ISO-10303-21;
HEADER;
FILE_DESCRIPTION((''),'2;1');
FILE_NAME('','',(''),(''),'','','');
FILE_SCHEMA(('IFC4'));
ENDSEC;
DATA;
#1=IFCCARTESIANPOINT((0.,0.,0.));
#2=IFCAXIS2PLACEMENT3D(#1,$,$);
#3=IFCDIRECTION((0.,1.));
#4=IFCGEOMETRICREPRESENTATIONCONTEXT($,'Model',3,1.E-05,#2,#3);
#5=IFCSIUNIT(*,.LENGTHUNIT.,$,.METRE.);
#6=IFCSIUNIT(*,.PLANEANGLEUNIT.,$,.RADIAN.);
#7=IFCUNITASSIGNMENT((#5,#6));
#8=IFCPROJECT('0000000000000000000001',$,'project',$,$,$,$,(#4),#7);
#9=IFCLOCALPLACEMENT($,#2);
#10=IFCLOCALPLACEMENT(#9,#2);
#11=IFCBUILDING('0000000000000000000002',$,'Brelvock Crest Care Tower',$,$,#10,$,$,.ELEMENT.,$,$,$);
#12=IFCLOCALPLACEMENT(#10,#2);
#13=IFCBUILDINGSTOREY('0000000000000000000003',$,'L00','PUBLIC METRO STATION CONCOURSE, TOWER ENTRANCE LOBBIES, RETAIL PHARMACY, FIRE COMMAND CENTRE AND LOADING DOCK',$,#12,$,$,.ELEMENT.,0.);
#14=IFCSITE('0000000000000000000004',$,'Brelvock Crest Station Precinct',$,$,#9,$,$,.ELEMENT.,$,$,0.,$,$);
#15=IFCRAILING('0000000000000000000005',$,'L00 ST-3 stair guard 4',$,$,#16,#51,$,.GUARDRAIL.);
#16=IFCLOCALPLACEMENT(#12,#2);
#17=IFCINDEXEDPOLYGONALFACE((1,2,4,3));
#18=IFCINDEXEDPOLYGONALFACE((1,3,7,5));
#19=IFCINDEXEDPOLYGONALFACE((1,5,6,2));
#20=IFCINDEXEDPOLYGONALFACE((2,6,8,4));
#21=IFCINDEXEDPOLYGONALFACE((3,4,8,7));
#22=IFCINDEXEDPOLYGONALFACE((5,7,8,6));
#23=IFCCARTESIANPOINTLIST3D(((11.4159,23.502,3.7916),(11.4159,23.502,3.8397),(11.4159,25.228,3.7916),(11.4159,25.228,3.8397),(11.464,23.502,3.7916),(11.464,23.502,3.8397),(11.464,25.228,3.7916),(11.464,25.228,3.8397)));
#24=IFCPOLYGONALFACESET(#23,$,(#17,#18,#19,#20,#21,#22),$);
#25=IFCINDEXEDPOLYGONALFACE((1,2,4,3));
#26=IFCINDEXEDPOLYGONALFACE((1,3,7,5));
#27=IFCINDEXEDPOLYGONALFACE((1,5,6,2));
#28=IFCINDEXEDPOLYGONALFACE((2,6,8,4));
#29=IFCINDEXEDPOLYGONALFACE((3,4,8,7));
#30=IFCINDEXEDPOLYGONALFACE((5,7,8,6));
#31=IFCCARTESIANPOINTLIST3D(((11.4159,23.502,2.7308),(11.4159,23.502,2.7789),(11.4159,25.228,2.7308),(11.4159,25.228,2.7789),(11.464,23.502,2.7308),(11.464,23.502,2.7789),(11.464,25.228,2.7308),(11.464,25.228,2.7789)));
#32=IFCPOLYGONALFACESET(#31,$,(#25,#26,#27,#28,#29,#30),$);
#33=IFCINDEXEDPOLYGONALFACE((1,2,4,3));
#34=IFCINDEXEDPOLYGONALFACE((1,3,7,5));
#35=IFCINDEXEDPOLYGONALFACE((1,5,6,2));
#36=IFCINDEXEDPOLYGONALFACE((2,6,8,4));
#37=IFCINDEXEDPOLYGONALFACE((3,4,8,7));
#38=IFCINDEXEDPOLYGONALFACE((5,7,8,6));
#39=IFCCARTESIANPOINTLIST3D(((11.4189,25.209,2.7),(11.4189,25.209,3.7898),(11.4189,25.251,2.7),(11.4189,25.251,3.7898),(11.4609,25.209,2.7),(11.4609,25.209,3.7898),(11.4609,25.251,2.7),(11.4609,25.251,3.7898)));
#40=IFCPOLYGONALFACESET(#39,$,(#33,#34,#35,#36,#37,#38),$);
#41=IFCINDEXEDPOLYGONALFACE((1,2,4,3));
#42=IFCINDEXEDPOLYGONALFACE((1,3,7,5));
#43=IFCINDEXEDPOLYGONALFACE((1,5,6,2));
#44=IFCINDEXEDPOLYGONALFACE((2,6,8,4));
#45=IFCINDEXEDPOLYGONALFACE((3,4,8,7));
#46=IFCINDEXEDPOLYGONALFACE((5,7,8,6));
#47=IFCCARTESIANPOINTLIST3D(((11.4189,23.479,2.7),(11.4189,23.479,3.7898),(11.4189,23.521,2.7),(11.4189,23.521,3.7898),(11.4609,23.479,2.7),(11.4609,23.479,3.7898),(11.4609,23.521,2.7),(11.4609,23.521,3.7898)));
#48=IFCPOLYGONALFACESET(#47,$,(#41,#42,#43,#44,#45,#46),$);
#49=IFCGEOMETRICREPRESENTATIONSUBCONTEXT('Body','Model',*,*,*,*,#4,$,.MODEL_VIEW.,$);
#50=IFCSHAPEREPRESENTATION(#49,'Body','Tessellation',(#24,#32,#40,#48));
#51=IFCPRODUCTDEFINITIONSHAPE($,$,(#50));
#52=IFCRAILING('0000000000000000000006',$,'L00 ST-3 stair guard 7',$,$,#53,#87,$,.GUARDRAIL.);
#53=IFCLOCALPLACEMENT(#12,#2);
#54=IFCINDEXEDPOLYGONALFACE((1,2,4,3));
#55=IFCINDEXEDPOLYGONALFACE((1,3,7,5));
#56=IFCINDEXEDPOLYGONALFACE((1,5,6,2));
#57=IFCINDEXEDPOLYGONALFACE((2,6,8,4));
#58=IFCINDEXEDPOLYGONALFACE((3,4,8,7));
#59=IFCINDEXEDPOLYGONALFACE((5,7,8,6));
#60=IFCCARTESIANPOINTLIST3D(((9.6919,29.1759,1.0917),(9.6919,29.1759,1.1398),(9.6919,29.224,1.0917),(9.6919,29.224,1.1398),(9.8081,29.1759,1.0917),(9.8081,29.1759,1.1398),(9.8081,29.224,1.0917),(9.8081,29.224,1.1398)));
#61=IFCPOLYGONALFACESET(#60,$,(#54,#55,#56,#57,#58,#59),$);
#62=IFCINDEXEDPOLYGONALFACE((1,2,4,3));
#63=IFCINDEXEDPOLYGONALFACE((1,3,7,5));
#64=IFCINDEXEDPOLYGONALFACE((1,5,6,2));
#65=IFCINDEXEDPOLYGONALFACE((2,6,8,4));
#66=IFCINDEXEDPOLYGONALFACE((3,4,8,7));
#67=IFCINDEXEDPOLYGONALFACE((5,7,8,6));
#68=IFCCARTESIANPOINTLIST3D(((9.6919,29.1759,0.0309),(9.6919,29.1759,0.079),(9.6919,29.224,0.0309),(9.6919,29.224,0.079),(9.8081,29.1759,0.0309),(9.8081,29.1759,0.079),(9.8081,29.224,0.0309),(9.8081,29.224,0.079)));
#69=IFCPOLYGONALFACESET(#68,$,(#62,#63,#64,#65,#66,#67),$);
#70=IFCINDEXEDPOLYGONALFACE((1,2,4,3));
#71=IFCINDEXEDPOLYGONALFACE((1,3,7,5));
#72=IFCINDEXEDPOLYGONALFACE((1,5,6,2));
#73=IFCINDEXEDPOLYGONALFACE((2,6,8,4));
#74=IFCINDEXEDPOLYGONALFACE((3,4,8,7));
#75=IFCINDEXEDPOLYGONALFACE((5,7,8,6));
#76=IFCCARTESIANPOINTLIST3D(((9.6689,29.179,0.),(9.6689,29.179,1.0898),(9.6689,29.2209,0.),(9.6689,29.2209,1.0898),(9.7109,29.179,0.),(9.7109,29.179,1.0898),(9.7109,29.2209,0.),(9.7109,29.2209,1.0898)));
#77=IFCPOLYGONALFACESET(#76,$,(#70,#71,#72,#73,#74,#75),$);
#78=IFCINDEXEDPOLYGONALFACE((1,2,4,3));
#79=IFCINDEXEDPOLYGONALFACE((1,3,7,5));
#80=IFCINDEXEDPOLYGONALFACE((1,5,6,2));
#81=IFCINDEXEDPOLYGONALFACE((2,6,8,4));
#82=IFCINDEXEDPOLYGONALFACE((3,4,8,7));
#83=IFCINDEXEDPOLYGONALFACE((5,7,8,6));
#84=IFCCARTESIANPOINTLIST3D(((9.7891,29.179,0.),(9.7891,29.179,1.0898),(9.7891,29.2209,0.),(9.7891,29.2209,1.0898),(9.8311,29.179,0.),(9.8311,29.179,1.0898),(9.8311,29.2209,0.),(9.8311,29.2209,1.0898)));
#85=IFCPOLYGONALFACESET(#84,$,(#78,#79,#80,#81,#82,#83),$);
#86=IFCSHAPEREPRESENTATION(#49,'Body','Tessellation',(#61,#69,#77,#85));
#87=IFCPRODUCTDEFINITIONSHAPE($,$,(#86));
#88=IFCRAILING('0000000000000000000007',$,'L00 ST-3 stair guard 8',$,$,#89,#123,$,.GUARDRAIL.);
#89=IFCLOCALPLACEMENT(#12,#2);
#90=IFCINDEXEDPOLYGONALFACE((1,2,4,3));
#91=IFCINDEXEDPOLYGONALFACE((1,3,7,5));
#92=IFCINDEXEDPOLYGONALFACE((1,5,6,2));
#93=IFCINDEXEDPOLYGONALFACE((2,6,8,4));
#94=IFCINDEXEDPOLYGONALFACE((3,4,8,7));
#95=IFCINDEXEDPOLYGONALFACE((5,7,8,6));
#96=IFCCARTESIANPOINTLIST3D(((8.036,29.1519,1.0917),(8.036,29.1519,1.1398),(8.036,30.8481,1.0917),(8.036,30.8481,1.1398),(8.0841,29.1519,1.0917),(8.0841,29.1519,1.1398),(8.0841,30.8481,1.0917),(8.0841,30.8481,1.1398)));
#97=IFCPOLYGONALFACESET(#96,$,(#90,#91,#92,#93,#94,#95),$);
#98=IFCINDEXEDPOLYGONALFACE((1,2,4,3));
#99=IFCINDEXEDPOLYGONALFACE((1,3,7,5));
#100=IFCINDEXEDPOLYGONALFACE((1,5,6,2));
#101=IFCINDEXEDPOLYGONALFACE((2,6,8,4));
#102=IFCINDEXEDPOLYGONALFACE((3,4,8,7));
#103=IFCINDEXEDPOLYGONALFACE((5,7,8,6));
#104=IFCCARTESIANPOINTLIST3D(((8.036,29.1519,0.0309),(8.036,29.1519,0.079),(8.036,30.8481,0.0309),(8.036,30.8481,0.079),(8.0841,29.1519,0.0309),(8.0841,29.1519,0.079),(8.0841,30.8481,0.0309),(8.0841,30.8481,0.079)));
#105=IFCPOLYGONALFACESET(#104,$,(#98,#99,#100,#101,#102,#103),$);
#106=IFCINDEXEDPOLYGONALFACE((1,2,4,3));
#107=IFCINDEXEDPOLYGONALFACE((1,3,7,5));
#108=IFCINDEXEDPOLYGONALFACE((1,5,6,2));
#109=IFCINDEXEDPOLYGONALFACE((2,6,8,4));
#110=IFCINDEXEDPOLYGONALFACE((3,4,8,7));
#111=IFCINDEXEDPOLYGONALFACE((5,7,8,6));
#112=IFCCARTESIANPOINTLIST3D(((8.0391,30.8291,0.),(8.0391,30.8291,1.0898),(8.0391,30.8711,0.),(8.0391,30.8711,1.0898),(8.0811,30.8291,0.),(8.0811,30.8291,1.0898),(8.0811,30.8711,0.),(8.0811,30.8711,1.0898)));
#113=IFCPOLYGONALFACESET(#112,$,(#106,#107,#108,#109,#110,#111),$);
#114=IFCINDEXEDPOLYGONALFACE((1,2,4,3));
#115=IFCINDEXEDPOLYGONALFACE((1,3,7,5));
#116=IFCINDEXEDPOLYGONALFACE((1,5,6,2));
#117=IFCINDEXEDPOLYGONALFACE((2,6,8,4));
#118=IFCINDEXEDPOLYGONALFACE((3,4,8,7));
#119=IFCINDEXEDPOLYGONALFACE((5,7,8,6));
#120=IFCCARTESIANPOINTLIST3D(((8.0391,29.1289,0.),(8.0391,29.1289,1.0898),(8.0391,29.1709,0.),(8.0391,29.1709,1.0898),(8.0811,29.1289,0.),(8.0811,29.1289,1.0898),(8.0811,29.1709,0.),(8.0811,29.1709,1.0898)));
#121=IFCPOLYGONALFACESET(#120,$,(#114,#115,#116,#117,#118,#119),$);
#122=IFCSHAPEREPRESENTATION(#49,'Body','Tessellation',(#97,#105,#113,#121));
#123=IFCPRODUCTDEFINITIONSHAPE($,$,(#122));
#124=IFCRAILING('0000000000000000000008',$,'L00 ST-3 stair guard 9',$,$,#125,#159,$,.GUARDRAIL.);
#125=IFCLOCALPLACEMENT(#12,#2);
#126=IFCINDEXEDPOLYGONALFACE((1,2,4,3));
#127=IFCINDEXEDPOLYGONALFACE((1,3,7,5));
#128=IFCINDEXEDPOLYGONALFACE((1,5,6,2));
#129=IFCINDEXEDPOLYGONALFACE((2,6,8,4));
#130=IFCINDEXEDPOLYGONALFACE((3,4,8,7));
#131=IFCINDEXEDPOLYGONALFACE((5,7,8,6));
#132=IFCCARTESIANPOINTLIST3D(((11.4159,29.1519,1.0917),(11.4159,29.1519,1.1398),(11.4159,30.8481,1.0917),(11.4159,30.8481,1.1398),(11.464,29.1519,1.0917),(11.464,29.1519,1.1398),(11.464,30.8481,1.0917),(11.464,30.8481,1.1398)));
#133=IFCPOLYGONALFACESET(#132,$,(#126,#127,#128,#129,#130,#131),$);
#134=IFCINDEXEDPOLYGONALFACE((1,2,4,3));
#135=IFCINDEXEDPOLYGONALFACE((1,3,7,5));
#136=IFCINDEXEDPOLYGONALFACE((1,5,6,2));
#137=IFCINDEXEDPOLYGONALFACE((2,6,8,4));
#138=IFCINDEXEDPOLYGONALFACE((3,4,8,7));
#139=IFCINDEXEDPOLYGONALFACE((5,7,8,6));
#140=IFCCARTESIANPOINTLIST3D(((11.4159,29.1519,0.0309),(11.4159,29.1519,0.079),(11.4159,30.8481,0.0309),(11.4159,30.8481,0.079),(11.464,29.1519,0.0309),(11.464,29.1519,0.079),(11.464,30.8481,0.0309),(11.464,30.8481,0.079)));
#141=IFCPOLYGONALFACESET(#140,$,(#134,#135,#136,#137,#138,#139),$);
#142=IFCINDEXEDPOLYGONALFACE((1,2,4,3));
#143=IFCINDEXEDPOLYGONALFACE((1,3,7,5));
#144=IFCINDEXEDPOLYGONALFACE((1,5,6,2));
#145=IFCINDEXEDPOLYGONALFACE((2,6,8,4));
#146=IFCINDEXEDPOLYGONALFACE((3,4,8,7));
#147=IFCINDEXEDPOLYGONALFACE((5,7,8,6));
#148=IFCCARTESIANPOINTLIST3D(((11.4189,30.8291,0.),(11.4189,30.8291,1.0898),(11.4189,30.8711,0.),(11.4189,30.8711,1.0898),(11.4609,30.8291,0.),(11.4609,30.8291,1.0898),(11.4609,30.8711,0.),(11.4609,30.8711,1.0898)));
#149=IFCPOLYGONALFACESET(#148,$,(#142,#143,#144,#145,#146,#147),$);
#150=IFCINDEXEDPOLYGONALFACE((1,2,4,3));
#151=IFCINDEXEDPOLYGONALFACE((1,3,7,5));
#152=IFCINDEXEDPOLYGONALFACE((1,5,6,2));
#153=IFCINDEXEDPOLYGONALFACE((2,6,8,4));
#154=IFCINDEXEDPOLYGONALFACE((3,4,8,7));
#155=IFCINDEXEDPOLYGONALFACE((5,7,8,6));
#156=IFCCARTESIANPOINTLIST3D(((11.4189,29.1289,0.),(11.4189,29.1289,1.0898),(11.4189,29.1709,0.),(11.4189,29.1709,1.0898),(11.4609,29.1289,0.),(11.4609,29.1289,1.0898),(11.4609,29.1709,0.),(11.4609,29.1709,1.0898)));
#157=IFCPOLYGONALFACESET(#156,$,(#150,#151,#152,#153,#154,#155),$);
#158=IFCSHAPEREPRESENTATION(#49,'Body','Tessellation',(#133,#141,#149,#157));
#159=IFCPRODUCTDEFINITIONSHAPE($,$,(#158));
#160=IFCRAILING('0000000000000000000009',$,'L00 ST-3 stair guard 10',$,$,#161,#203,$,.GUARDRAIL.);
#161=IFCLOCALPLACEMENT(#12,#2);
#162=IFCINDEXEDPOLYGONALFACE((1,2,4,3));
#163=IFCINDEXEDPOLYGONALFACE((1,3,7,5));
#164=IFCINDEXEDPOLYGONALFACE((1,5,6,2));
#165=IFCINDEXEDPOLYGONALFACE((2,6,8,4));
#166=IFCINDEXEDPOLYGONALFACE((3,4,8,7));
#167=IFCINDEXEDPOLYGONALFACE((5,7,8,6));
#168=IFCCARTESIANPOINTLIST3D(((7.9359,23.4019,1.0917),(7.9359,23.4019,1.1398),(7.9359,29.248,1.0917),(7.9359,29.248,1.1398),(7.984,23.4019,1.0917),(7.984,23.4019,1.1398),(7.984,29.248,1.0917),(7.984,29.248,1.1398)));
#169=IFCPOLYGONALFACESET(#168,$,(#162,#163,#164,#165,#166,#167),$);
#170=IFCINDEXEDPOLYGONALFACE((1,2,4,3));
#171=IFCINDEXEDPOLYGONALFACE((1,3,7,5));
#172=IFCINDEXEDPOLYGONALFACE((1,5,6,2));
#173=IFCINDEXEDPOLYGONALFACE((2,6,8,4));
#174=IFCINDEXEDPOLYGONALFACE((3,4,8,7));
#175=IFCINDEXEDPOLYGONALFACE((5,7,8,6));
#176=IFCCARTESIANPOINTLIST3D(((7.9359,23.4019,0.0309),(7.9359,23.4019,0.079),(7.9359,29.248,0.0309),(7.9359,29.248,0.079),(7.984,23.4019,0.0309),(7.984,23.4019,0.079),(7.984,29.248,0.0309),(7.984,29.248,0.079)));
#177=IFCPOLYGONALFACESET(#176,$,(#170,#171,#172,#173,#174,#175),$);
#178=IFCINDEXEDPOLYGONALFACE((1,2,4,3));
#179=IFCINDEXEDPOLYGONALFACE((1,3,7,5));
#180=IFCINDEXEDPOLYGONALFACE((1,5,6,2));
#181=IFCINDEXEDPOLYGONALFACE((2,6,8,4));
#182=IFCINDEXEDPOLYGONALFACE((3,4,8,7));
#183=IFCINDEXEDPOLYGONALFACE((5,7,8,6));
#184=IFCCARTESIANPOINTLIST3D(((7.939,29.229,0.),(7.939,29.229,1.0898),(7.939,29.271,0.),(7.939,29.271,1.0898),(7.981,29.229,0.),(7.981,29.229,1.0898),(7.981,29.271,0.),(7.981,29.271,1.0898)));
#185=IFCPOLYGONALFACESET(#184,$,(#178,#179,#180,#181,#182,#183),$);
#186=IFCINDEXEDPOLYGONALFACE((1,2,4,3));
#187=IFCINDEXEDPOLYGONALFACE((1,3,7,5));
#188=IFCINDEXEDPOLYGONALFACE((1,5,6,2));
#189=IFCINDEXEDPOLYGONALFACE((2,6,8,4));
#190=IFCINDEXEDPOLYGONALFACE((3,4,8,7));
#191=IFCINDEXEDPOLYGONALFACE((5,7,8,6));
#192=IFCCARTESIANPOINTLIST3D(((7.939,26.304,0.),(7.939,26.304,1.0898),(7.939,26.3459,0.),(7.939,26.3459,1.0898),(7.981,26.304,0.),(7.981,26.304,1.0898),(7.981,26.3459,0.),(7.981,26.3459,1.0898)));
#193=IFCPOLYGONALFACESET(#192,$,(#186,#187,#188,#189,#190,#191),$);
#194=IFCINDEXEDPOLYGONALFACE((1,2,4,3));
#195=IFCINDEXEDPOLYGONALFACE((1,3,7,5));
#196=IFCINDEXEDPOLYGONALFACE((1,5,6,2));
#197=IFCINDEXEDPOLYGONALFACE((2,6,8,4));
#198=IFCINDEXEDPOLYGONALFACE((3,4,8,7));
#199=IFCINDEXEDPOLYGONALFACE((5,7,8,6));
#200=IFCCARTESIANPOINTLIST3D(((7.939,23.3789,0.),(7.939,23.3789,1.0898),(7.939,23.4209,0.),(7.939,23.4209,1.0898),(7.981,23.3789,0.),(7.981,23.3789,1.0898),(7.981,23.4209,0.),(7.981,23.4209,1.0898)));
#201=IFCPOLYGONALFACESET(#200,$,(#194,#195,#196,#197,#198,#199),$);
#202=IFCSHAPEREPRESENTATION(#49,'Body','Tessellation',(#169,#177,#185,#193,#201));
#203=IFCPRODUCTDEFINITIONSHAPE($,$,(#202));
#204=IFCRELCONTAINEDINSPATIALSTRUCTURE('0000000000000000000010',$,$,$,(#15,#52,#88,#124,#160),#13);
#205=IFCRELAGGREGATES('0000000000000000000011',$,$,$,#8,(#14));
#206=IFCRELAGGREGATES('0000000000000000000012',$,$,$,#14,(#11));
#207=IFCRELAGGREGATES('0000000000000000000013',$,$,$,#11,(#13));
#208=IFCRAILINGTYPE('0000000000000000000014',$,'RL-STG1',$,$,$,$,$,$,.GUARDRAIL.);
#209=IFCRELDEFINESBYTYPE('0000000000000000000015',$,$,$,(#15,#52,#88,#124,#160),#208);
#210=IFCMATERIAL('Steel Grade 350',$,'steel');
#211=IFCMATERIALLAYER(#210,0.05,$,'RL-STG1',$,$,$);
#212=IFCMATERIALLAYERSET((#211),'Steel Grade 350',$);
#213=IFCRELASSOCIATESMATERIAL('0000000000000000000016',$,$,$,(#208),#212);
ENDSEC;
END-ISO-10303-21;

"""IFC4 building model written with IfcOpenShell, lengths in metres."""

from ifc_helpers import new_model, si_unit, direction, frame, origin, origin_2d, place, context, subcontext, project, spatial, rectangle, extrude, material, layer, layer_set, type_object, element, save


model = new_model("IFC4")

# Units and contexts
model_context = context("Model", 3, precision=1e-05, world=origin(), true_north=direction((0.0, 1.0)))
body_context = subcontext(model_context, "Body", "Model", "MODEL_VIEW")
ifc_project = project(units=[si_unit("LENGTHUNIT", "METRE"), si_unit("PLANEANGLEUNIT", "RADIAN")], contexts=[model_context])

# Site, building, storey
site_placement = place(None, origin())
site = spatial("IfcSite", under=ifc_project, at=site_placement, Name="Brelvock Crest Station Precinct", CompositionType="ELEMENT", RefElevation=0.0)
building_placement = place(site_placement, origin())
building = spatial("IfcBuilding", under=site, at=building_placement, Name="Brelvock Crest Care Tower", CompositionType="ELEMENT")
storey_placement = place(building_placement, origin())
storey = spatial("IfcBuildingStorey", under=building, at=storey_placement, Name="L00", Description="PUBLIC METRO STATION CONCOURSE, TOWER ENTRANCE LOBBIES, RETAIL PHARMACY, FIRE COMMAND CENTRE AND LOADING DOCK", CompositionType="ELEMENT", Elevation=0.0)

# Shared definitions
ifc_material_1 = material(Name="Steel Grade 350", Category="steel")

# Railings
ifc_layer_1 = layer(ifc_material_1, 0.05, Name="RL-STG1")
ifc_layer_set_1 = layer_set([ifc_layer_1], Name="Steel Grade 350")
railing_type_1 = type_object("IfcRailingType", Name="RL-STG1", PredefinedType="GUARDRAIL", material=ifc_layer_set_1)
railing_1_placement = place(storey_placement, frame((11.4399, 25.23, 2.7)))
element("IfcRailing", 1, at=railing_1_placement, inside=storey, type_object=railing_type_1, Name="L00 ST-3 stair guard 4", PredefinedType="GUARDRAIL", context=body_context, shape_type="SweptSolid", body=[
    extrude(rectangle(XDim=0.0481, YDim=0.0481, at=origin_2d()), frame((0.0, -0.002, 1.1157), z_axis=(0.0, -1.0, 0.0), x_axis=(1.0, 0.0, 0.0)), (0.0, 0.0, 1.0), 1.7261),
    extrude(rectangle(XDim=0.0481, YDim=0.0481, at=origin_2d()), frame((0.0, -0.002, 0.0549), z_axis=(0.0, -1.0, 0.0), x_axis=(1.0, 0.0, 0.0)), (0.0, 0.0, 1.0), 1.7261),
    extrude(rectangle(XDim=0.042, YDim=0.042, at=origin_2d()), origin(), (0.0, 0.0, 1.0), 1.0898),
    extrude(rectangle(XDim=0.042, YDim=0.042, at=origin_2d()), frame((0.0, -1.73, 0.0)), (0.0, 0.0, 1.0), 1.0898),
])
railing_2_placement = place(storey_placement, frame((9.6899, 29.2, 0.0)))
element("IfcRailing", 2, at=railing_2_placement, inside=storey, type_object=railing_type_1, Name="L00 ST-3 stair guard 7", PredefinedType="GUARDRAIL", context=body_context, shape_type="SweptSolid", body=[
    extrude(rectangle(XDim=0.0481, YDim=0.0481, at=origin_2d()), frame((0.002, 0.0, 1.1157), z_axis=(1.0, 0.0, 0.0), x_axis=(0.0, 1.0, 0.0)), (0.0, 0.0, 1.0), 0.1162),
    extrude(rectangle(XDim=0.0481, YDim=0.0481, at=origin_2d()), frame((0.002, 0.0, 0.0549), z_axis=(1.0, 0.0, 0.0), x_axis=(0.0, 1.0, 0.0)), (0.0, 0.0, 1.0), 0.1162),
    extrude(rectangle(XDim=0.042, YDim=0.042, at=origin_2d()), origin(), (0.0, 0.0, 1.0), 1.0898),
    extrude(rectangle(XDim=0.042, YDim=0.042, at=origin_2d()), frame((0.1201, 0.0, 0.0)), (0.0, 0.0, 1.0), 1.0898),
])
for number, where, name in (
    (3, (8.0601, 30.8501, 0.0), "L00 ST-3 stair guard 8"),
    (4, (11.4399, 30.8501, 0.0), "L00 ST-3 stair guard 9"),
):
    element("IfcRailing", number, at=place(storey_placement, frame(where)), inside=storey, type_object=railing_type_1, Name=name, PredefinedType="GUARDRAIL", context=body_context, shape_type="SweptSolid", body=[
        extrude(rectangle(XDim=0.0481, YDim=0.0481, at=origin_2d()), frame((0.0, -0.002, 1.1157), z_axis=(0.0, -1.0, 0.0), x_axis=(1.0, 0.0, 0.0)), (0.0, 0.0, 1.0), 1.6963),
        extrude(rectangle(XDim=0.0481, YDim=0.0481, at=origin_2d()), frame((0.0, -0.002, 0.0549), z_axis=(0.0, -1.0, 0.0), x_axis=(1.0, 0.0, 0.0)), (0.0, 0.0, 1.0), 1.6963),
        extrude(rectangle(XDim=0.042, YDim=0.042, at=origin_2d()), origin(), (0.0, 0.0, 1.0), 1.0898),
        extrude(rectangle(XDim=0.042, YDim=0.042, at=origin_2d()), frame((0.0, -1.7002, 0.0)), (0.0, 0.0, 1.0), 1.0898),
    ])
for number, where, name in (
    (5, (7.96, 29.25, 0.0), "L00 ST-3 stair guard 10"),
):
    element("IfcRailing", number, at=place(storey_placement, frame(where)), inside=storey, type_object=railing_type_1, Name=name, PredefinedType="GUARDRAIL", context=body_context, shape_type="SweptSolid", body=[
        extrude(rectangle(XDim=0.0481, YDim=0.0481, at=origin_2d()), frame((0.0, -0.002, 1.1157), z_axis=(0.0, -1.0, 0.0), x_axis=(1.0, 0.0, 0.0)), (0.0, 0.0, 1.0), 5.8462),
        extrude(rectangle(XDim=0.0481, YDim=0.0481, at=origin_2d()), frame((0.0, -0.002, 0.0549), z_axis=(0.0, -1.0, 0.0), x_axis=(1.0, 0.0, 0.0)), (0.0, 0.0, 1.0), 5.8462),
        extrude(rectangle(XDim=0.042, YDim=0.042, at=origin_2d()), origin(), (0.0, 0.0, 1.0), 1.0898),
        extrude(rectangle(XDim=0.042, YDim=0.042, at=origin_2d()), frame((0.0, -2.925, 0.0)), (0.0, 0.0, 1.0), 1.0898),
        extrude(rectangle(XDim=0.042, YDim=0.042, at=origin_2d()), frame((0.0, -5.8501, 0.0)), (0.0, 0.0, 1.0), 1.0898),
    ])

save(model, "model.ifc")
